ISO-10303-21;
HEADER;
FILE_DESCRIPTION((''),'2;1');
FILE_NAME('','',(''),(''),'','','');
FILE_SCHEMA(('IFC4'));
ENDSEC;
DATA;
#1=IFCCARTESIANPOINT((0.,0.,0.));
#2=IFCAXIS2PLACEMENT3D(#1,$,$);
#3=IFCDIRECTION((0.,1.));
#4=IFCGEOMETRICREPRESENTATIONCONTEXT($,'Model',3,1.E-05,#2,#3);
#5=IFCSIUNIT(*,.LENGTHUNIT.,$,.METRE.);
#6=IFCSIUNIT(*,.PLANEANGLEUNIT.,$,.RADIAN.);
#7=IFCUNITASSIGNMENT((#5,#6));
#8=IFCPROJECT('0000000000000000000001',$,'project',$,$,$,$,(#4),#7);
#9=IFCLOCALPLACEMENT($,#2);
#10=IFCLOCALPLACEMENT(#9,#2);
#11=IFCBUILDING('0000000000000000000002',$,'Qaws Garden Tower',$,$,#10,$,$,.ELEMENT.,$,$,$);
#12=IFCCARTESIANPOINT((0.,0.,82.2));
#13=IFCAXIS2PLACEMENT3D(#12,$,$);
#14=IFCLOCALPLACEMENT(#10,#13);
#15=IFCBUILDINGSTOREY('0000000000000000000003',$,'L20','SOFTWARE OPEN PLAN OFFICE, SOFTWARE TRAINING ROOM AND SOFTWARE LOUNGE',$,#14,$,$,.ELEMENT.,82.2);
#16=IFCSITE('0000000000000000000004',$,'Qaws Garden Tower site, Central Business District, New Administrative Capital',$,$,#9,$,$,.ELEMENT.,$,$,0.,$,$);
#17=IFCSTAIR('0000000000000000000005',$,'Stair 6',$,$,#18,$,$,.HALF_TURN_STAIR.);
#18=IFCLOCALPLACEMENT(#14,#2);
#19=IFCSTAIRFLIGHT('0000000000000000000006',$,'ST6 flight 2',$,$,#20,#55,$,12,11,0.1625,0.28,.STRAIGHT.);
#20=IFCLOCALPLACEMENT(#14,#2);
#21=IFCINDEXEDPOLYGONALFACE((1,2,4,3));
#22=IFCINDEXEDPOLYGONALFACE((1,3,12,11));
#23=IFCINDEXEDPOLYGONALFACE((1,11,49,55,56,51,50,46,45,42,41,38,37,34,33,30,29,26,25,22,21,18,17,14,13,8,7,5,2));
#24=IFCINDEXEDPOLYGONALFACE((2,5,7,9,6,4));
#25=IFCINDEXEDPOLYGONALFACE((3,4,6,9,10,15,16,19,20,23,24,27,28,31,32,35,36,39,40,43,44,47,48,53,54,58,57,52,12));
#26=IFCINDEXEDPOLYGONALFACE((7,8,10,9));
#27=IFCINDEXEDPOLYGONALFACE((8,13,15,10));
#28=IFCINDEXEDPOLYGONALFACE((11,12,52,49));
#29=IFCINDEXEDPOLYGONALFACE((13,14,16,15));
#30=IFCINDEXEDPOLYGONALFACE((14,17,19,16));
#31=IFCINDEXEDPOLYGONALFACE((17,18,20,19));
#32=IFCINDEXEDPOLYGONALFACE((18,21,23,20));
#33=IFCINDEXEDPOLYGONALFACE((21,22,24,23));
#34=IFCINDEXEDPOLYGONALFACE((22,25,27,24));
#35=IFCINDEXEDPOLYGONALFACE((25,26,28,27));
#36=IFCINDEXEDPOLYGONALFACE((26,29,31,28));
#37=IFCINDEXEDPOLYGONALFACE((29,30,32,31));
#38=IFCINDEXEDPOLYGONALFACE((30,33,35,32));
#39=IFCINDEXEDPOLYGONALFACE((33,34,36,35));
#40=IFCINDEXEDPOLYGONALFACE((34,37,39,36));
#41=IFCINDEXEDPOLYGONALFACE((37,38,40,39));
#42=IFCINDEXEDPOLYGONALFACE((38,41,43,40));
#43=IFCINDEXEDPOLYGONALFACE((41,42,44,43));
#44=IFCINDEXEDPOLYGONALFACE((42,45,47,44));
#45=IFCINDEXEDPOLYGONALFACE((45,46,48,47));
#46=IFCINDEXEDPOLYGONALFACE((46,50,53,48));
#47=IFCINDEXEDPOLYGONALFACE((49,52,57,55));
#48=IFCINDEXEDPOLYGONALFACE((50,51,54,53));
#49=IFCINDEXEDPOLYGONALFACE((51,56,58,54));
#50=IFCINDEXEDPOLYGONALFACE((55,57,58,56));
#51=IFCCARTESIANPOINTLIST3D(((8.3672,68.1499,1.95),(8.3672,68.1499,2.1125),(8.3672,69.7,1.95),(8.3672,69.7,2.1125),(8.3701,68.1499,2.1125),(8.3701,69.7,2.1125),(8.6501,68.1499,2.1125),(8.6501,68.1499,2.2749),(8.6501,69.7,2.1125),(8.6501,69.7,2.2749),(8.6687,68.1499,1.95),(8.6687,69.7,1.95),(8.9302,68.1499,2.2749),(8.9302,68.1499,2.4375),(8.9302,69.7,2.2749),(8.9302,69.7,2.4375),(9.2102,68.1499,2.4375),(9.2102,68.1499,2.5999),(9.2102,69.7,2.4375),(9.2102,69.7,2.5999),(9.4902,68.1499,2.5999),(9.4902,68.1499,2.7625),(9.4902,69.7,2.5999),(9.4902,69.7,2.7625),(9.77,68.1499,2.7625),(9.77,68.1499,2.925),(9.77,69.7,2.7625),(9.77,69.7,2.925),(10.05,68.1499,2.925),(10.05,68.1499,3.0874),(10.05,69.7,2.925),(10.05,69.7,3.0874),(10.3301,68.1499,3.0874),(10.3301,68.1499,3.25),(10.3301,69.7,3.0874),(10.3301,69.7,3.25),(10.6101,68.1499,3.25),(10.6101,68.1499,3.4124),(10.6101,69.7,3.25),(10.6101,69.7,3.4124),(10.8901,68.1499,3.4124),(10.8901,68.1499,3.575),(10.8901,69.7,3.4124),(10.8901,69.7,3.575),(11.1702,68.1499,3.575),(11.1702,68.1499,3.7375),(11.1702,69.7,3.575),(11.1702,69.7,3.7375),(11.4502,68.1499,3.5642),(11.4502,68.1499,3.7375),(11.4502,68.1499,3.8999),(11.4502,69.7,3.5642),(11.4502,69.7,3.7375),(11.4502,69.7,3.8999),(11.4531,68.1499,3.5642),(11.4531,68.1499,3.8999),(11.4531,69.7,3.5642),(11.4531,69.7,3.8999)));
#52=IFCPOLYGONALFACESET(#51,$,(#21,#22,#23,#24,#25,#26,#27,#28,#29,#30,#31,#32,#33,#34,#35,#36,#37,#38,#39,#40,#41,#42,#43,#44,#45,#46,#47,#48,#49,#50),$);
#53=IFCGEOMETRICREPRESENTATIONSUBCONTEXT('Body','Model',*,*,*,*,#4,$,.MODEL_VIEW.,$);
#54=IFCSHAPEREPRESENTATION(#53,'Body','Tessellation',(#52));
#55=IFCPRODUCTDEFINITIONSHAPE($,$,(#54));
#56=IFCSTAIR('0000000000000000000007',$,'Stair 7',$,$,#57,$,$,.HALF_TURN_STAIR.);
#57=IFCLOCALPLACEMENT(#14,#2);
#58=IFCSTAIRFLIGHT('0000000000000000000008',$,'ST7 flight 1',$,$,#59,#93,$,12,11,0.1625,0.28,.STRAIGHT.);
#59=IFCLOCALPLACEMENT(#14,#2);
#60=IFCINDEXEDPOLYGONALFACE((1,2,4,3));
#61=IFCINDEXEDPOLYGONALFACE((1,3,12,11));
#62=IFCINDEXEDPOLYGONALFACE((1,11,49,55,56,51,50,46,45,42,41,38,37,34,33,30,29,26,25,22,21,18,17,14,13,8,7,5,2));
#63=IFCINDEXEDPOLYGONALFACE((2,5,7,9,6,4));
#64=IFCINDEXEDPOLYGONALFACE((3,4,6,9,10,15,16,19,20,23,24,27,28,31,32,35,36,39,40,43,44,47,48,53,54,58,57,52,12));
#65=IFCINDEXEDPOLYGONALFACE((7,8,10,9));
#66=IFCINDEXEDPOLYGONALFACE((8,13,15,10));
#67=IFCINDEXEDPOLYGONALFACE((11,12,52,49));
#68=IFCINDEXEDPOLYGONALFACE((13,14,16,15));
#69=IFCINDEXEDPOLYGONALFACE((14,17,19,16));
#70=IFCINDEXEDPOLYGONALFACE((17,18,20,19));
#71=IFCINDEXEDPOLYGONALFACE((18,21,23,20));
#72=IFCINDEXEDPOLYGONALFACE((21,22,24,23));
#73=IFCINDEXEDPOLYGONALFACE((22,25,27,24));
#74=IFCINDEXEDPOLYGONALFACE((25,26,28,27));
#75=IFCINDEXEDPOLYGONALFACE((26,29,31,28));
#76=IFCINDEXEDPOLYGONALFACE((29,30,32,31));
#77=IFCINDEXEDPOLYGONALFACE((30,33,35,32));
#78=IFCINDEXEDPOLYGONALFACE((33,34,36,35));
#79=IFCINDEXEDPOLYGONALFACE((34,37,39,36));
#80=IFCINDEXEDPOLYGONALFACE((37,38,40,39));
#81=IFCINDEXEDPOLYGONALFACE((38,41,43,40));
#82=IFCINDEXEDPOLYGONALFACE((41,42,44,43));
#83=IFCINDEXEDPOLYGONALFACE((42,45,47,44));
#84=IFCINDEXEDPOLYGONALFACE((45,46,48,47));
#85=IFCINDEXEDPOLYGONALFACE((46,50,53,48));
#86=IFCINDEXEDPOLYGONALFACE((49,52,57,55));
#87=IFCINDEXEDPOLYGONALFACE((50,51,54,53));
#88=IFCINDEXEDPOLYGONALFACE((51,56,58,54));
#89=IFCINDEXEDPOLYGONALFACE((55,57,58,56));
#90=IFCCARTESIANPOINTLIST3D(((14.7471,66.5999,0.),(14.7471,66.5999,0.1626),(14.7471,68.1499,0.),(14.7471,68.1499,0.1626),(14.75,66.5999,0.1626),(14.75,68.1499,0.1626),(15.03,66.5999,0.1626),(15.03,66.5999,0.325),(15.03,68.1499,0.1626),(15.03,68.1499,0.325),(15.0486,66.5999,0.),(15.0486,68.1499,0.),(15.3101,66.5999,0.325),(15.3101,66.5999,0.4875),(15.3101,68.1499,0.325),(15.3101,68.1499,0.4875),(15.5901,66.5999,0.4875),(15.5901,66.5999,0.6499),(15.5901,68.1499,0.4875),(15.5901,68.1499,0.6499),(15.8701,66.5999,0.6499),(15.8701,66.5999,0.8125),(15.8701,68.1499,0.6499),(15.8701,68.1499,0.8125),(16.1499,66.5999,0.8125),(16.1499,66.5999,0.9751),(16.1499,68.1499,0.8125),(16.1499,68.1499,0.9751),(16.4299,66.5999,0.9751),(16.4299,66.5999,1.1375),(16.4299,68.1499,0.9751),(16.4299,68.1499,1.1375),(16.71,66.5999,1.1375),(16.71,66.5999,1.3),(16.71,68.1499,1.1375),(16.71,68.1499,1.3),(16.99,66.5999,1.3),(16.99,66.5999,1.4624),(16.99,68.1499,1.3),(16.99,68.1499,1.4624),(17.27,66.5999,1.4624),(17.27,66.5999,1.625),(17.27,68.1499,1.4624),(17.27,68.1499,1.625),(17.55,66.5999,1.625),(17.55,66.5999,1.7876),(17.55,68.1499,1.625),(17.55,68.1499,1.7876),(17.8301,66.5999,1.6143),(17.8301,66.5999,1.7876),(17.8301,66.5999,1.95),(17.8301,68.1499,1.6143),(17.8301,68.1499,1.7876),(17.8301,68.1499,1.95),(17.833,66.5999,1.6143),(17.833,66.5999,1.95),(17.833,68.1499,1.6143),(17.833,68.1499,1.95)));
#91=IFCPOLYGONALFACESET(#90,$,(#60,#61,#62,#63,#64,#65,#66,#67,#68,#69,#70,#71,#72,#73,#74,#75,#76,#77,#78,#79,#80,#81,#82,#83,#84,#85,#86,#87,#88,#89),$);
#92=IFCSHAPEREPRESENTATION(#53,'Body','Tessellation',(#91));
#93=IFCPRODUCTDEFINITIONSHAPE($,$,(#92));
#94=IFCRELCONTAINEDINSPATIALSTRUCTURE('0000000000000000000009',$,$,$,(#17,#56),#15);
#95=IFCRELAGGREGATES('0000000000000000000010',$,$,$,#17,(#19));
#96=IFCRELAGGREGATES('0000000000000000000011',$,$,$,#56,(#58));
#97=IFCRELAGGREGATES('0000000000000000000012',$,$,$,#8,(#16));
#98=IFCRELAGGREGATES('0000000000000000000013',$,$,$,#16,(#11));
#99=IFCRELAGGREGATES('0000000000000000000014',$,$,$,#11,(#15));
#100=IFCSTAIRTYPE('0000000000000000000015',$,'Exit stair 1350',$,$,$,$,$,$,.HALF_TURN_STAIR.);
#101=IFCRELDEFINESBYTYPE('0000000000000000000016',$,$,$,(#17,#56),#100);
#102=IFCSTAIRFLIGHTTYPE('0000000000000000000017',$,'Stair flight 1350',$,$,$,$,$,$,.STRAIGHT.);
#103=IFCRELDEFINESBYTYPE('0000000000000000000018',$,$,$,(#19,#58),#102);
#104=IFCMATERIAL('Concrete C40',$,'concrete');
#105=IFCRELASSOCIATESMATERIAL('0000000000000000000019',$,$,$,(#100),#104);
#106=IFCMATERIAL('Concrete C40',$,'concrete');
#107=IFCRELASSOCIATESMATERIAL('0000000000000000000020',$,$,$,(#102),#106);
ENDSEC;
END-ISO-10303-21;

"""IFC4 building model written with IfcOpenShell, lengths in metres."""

from ifc_helpers import new_model, si_unit, direction, frame, origin, place, context, subcontext, project, spatial, polyline, outline, extrude, material, type_object, element, aggregate, save


model = new_model("IFC4")

# Units and contexts
model_context = context("Model", 3, precision=1e-05, world=origin(), true_north=direction((0.0, 1.0)))
body_context = subcontext(model_context, "Body", "Model", "MODEL_VIEW")
ifc_project = project(units=[si_unit("LENGTHUNIT", "METRE"), si_unit("PLANEANGLEUNIT", "RADIAN")], contexts=[model_context])

# Site, building, storey
site_placement = place(None, origin())
site = spatial("IfcSite", under=ifc_project, at=site_placement, Name="Qaws Garden Tower site, Central Business District, New Administrative Capital", CompositionType="ELEMENT", RefElevation=0.0)
building_placement = place(site_placement, origin())
building = spatial("IfcBuilding", under=site, at=building_placement, Name="Qaws Garden Tower", CompositionType="ELEMENT")
storey_placement = place(building_placement, frame((0.0, 0.0, 82.2)))
storey = spatial("IfcBuildingStorey", under=building, at=storey_placement, Name="L20", Description="SOFTWARE OPEN PLAN OFFICE, SOFTWARE TRAINING ROOM AND SOFTWARE LOUNGE", CompositionType="ELEMENT", Elevation=82.2)

# Stair, stair flight
ifc_material_1 = material(Name="Concrete C40", Category="concrete")
stair_type = type_object("IfcStairType", Name="Exit stair 1350", PredefinedType="HALF_TURN_STAIR", material=ifc_material_1)
placement = place(storey_placement, origin())
stair_1 = element("IfcStair", 1, at=placement, inside=storey, type_object=stair_type, Name="Stair 6", PredefinedType="HALF_TURN_STAIR")
ifc_material_2 = material(Name="Concrete C40", Category="concrete")
stair_flight_type = type_object("IfcStairFlightType", Name="Stair flight 1350", PredefinedType="STRAIGHT", material=ifc_material_2)
stair_flight_1_placement = place(storey_placement, frame((8.3701, 68.925, 1.95), z_axis=(0.0, 0.0, 1.0), x_axis=(1.0, 0.0, 0.0)))
stair_flight_1 = element("IfcStairFlight", 2, at=stair_flight_1_placement, type_object=stair_flight_type, Name="ST6 flight 2", NumberOfRisers=12, NumberOfTreads=11, PredefinedType="STRAIGHT", RiserHeight=0.1625, TreadLength=0.28, context=body_context, shape_type="SweptSolid", body=[
    extrude(outline(polyline([(-0.0029, 0.0), (-0.0029, 0.1626), (0.0, 0.1626), (0.28, 0.1626), (0.28, 0.325), (0.5601, 0.325), (0.5601, 0.4875), (0.8401, 0.4875), (0.8401, 0.6499), (1.1201, 0.6499), (1.1201, 0.8125), (1.3999, 0.8125), (1.3999, 0.9751), (1.6799, 0.9751), (1.6799, 1.1375), (1.96, 1.1375), (1.96, 1.3), (2.24, 1.3), (2.24, 1.4624), (2.52, 1.4624), (2.52, 1.625), (2.8, 1.625), (2.8, 1.7876), (3.0801, 1.7876), (3.0801, 1.95), (3.083, 1.95), (3.083, 1.6143), (3.0801, 1.6143), (0.2986, 0.0), (-0.0029, 0.0)])), frame((0.0, 0.7749, 0.0), z_axis=(0.0, -1.0, 0.0), x_axis=(1.0, 0.0, 0.0)), (0.0, 0.0, 1.0), 1.55),
])
aggregate(stair_1, [stair_flight_1])

# Stair, stair flight
stair_2 = element("IfcStair", 3, at=placement, inside=storey, type_object=stair_type, Name="Stair 7", PredefinedType="HALF_TURN_STAIR")
stair_flight_2_placement = place(storey_placement, frame((14.75, 67.375, 0.0), z_axis=(0.0, 0.0, 1.0), x_axis=(1.0, 0.0, 0.0)))
stair_flight_2 = element("IfcStairFlight", 4, at=stair_flight_2_placement, type_object=stair_flight_type, Name="ST7 flight 1", NumberOfRisers=12, NumberOfTreads=11, PredefinedType="STRAIGHT", RiserHeight=0.1625, TreadLength=0.28, context=body_context, shape_type="SweptSolid", body=[
    extrude(outline(polyline([(-0.0029, 0.0), (-0.0029, 0.1626), (0.0, 0.1626), (0.28, 0.1626), (0.28, 0.325), (0.5601, 0.325), (0.5601, 0.4875), (0.8401, 0.4875), (0.8401, 0.6499), (1.1201, 0.6499), (1.1201, 0.8125), (1.3999, 0.8125), (1.3999, 0.9751), (1.6799, 0.9751), (1.6799, 1.1375), (1.96, 1.1375), (1.96, 1.3), (2.24, 1.3), (2.24, 1.4624), (2.52, 1.4624), (2.52, 1.625), (2.8, 1.625), (2.8, 1.7876), (3.0801, 1.7876), (3.0801, 1.95), (3.083, 1.95), (3.083, 1.6143), (3.0801, 1.6143), (0.2986, 0.0), (-0.0029, 0.0)])), frame((0.0, 0.7749, 0.0), z_axis=(0.0, -1.0, 0.0), x_axis=(1.0, 0.0, 0.0)), (0.0, 0.0, 1.0), 1.55),
])
aggregate(stair_2, [stair_flight_2])

save(model, "model.ifc")
